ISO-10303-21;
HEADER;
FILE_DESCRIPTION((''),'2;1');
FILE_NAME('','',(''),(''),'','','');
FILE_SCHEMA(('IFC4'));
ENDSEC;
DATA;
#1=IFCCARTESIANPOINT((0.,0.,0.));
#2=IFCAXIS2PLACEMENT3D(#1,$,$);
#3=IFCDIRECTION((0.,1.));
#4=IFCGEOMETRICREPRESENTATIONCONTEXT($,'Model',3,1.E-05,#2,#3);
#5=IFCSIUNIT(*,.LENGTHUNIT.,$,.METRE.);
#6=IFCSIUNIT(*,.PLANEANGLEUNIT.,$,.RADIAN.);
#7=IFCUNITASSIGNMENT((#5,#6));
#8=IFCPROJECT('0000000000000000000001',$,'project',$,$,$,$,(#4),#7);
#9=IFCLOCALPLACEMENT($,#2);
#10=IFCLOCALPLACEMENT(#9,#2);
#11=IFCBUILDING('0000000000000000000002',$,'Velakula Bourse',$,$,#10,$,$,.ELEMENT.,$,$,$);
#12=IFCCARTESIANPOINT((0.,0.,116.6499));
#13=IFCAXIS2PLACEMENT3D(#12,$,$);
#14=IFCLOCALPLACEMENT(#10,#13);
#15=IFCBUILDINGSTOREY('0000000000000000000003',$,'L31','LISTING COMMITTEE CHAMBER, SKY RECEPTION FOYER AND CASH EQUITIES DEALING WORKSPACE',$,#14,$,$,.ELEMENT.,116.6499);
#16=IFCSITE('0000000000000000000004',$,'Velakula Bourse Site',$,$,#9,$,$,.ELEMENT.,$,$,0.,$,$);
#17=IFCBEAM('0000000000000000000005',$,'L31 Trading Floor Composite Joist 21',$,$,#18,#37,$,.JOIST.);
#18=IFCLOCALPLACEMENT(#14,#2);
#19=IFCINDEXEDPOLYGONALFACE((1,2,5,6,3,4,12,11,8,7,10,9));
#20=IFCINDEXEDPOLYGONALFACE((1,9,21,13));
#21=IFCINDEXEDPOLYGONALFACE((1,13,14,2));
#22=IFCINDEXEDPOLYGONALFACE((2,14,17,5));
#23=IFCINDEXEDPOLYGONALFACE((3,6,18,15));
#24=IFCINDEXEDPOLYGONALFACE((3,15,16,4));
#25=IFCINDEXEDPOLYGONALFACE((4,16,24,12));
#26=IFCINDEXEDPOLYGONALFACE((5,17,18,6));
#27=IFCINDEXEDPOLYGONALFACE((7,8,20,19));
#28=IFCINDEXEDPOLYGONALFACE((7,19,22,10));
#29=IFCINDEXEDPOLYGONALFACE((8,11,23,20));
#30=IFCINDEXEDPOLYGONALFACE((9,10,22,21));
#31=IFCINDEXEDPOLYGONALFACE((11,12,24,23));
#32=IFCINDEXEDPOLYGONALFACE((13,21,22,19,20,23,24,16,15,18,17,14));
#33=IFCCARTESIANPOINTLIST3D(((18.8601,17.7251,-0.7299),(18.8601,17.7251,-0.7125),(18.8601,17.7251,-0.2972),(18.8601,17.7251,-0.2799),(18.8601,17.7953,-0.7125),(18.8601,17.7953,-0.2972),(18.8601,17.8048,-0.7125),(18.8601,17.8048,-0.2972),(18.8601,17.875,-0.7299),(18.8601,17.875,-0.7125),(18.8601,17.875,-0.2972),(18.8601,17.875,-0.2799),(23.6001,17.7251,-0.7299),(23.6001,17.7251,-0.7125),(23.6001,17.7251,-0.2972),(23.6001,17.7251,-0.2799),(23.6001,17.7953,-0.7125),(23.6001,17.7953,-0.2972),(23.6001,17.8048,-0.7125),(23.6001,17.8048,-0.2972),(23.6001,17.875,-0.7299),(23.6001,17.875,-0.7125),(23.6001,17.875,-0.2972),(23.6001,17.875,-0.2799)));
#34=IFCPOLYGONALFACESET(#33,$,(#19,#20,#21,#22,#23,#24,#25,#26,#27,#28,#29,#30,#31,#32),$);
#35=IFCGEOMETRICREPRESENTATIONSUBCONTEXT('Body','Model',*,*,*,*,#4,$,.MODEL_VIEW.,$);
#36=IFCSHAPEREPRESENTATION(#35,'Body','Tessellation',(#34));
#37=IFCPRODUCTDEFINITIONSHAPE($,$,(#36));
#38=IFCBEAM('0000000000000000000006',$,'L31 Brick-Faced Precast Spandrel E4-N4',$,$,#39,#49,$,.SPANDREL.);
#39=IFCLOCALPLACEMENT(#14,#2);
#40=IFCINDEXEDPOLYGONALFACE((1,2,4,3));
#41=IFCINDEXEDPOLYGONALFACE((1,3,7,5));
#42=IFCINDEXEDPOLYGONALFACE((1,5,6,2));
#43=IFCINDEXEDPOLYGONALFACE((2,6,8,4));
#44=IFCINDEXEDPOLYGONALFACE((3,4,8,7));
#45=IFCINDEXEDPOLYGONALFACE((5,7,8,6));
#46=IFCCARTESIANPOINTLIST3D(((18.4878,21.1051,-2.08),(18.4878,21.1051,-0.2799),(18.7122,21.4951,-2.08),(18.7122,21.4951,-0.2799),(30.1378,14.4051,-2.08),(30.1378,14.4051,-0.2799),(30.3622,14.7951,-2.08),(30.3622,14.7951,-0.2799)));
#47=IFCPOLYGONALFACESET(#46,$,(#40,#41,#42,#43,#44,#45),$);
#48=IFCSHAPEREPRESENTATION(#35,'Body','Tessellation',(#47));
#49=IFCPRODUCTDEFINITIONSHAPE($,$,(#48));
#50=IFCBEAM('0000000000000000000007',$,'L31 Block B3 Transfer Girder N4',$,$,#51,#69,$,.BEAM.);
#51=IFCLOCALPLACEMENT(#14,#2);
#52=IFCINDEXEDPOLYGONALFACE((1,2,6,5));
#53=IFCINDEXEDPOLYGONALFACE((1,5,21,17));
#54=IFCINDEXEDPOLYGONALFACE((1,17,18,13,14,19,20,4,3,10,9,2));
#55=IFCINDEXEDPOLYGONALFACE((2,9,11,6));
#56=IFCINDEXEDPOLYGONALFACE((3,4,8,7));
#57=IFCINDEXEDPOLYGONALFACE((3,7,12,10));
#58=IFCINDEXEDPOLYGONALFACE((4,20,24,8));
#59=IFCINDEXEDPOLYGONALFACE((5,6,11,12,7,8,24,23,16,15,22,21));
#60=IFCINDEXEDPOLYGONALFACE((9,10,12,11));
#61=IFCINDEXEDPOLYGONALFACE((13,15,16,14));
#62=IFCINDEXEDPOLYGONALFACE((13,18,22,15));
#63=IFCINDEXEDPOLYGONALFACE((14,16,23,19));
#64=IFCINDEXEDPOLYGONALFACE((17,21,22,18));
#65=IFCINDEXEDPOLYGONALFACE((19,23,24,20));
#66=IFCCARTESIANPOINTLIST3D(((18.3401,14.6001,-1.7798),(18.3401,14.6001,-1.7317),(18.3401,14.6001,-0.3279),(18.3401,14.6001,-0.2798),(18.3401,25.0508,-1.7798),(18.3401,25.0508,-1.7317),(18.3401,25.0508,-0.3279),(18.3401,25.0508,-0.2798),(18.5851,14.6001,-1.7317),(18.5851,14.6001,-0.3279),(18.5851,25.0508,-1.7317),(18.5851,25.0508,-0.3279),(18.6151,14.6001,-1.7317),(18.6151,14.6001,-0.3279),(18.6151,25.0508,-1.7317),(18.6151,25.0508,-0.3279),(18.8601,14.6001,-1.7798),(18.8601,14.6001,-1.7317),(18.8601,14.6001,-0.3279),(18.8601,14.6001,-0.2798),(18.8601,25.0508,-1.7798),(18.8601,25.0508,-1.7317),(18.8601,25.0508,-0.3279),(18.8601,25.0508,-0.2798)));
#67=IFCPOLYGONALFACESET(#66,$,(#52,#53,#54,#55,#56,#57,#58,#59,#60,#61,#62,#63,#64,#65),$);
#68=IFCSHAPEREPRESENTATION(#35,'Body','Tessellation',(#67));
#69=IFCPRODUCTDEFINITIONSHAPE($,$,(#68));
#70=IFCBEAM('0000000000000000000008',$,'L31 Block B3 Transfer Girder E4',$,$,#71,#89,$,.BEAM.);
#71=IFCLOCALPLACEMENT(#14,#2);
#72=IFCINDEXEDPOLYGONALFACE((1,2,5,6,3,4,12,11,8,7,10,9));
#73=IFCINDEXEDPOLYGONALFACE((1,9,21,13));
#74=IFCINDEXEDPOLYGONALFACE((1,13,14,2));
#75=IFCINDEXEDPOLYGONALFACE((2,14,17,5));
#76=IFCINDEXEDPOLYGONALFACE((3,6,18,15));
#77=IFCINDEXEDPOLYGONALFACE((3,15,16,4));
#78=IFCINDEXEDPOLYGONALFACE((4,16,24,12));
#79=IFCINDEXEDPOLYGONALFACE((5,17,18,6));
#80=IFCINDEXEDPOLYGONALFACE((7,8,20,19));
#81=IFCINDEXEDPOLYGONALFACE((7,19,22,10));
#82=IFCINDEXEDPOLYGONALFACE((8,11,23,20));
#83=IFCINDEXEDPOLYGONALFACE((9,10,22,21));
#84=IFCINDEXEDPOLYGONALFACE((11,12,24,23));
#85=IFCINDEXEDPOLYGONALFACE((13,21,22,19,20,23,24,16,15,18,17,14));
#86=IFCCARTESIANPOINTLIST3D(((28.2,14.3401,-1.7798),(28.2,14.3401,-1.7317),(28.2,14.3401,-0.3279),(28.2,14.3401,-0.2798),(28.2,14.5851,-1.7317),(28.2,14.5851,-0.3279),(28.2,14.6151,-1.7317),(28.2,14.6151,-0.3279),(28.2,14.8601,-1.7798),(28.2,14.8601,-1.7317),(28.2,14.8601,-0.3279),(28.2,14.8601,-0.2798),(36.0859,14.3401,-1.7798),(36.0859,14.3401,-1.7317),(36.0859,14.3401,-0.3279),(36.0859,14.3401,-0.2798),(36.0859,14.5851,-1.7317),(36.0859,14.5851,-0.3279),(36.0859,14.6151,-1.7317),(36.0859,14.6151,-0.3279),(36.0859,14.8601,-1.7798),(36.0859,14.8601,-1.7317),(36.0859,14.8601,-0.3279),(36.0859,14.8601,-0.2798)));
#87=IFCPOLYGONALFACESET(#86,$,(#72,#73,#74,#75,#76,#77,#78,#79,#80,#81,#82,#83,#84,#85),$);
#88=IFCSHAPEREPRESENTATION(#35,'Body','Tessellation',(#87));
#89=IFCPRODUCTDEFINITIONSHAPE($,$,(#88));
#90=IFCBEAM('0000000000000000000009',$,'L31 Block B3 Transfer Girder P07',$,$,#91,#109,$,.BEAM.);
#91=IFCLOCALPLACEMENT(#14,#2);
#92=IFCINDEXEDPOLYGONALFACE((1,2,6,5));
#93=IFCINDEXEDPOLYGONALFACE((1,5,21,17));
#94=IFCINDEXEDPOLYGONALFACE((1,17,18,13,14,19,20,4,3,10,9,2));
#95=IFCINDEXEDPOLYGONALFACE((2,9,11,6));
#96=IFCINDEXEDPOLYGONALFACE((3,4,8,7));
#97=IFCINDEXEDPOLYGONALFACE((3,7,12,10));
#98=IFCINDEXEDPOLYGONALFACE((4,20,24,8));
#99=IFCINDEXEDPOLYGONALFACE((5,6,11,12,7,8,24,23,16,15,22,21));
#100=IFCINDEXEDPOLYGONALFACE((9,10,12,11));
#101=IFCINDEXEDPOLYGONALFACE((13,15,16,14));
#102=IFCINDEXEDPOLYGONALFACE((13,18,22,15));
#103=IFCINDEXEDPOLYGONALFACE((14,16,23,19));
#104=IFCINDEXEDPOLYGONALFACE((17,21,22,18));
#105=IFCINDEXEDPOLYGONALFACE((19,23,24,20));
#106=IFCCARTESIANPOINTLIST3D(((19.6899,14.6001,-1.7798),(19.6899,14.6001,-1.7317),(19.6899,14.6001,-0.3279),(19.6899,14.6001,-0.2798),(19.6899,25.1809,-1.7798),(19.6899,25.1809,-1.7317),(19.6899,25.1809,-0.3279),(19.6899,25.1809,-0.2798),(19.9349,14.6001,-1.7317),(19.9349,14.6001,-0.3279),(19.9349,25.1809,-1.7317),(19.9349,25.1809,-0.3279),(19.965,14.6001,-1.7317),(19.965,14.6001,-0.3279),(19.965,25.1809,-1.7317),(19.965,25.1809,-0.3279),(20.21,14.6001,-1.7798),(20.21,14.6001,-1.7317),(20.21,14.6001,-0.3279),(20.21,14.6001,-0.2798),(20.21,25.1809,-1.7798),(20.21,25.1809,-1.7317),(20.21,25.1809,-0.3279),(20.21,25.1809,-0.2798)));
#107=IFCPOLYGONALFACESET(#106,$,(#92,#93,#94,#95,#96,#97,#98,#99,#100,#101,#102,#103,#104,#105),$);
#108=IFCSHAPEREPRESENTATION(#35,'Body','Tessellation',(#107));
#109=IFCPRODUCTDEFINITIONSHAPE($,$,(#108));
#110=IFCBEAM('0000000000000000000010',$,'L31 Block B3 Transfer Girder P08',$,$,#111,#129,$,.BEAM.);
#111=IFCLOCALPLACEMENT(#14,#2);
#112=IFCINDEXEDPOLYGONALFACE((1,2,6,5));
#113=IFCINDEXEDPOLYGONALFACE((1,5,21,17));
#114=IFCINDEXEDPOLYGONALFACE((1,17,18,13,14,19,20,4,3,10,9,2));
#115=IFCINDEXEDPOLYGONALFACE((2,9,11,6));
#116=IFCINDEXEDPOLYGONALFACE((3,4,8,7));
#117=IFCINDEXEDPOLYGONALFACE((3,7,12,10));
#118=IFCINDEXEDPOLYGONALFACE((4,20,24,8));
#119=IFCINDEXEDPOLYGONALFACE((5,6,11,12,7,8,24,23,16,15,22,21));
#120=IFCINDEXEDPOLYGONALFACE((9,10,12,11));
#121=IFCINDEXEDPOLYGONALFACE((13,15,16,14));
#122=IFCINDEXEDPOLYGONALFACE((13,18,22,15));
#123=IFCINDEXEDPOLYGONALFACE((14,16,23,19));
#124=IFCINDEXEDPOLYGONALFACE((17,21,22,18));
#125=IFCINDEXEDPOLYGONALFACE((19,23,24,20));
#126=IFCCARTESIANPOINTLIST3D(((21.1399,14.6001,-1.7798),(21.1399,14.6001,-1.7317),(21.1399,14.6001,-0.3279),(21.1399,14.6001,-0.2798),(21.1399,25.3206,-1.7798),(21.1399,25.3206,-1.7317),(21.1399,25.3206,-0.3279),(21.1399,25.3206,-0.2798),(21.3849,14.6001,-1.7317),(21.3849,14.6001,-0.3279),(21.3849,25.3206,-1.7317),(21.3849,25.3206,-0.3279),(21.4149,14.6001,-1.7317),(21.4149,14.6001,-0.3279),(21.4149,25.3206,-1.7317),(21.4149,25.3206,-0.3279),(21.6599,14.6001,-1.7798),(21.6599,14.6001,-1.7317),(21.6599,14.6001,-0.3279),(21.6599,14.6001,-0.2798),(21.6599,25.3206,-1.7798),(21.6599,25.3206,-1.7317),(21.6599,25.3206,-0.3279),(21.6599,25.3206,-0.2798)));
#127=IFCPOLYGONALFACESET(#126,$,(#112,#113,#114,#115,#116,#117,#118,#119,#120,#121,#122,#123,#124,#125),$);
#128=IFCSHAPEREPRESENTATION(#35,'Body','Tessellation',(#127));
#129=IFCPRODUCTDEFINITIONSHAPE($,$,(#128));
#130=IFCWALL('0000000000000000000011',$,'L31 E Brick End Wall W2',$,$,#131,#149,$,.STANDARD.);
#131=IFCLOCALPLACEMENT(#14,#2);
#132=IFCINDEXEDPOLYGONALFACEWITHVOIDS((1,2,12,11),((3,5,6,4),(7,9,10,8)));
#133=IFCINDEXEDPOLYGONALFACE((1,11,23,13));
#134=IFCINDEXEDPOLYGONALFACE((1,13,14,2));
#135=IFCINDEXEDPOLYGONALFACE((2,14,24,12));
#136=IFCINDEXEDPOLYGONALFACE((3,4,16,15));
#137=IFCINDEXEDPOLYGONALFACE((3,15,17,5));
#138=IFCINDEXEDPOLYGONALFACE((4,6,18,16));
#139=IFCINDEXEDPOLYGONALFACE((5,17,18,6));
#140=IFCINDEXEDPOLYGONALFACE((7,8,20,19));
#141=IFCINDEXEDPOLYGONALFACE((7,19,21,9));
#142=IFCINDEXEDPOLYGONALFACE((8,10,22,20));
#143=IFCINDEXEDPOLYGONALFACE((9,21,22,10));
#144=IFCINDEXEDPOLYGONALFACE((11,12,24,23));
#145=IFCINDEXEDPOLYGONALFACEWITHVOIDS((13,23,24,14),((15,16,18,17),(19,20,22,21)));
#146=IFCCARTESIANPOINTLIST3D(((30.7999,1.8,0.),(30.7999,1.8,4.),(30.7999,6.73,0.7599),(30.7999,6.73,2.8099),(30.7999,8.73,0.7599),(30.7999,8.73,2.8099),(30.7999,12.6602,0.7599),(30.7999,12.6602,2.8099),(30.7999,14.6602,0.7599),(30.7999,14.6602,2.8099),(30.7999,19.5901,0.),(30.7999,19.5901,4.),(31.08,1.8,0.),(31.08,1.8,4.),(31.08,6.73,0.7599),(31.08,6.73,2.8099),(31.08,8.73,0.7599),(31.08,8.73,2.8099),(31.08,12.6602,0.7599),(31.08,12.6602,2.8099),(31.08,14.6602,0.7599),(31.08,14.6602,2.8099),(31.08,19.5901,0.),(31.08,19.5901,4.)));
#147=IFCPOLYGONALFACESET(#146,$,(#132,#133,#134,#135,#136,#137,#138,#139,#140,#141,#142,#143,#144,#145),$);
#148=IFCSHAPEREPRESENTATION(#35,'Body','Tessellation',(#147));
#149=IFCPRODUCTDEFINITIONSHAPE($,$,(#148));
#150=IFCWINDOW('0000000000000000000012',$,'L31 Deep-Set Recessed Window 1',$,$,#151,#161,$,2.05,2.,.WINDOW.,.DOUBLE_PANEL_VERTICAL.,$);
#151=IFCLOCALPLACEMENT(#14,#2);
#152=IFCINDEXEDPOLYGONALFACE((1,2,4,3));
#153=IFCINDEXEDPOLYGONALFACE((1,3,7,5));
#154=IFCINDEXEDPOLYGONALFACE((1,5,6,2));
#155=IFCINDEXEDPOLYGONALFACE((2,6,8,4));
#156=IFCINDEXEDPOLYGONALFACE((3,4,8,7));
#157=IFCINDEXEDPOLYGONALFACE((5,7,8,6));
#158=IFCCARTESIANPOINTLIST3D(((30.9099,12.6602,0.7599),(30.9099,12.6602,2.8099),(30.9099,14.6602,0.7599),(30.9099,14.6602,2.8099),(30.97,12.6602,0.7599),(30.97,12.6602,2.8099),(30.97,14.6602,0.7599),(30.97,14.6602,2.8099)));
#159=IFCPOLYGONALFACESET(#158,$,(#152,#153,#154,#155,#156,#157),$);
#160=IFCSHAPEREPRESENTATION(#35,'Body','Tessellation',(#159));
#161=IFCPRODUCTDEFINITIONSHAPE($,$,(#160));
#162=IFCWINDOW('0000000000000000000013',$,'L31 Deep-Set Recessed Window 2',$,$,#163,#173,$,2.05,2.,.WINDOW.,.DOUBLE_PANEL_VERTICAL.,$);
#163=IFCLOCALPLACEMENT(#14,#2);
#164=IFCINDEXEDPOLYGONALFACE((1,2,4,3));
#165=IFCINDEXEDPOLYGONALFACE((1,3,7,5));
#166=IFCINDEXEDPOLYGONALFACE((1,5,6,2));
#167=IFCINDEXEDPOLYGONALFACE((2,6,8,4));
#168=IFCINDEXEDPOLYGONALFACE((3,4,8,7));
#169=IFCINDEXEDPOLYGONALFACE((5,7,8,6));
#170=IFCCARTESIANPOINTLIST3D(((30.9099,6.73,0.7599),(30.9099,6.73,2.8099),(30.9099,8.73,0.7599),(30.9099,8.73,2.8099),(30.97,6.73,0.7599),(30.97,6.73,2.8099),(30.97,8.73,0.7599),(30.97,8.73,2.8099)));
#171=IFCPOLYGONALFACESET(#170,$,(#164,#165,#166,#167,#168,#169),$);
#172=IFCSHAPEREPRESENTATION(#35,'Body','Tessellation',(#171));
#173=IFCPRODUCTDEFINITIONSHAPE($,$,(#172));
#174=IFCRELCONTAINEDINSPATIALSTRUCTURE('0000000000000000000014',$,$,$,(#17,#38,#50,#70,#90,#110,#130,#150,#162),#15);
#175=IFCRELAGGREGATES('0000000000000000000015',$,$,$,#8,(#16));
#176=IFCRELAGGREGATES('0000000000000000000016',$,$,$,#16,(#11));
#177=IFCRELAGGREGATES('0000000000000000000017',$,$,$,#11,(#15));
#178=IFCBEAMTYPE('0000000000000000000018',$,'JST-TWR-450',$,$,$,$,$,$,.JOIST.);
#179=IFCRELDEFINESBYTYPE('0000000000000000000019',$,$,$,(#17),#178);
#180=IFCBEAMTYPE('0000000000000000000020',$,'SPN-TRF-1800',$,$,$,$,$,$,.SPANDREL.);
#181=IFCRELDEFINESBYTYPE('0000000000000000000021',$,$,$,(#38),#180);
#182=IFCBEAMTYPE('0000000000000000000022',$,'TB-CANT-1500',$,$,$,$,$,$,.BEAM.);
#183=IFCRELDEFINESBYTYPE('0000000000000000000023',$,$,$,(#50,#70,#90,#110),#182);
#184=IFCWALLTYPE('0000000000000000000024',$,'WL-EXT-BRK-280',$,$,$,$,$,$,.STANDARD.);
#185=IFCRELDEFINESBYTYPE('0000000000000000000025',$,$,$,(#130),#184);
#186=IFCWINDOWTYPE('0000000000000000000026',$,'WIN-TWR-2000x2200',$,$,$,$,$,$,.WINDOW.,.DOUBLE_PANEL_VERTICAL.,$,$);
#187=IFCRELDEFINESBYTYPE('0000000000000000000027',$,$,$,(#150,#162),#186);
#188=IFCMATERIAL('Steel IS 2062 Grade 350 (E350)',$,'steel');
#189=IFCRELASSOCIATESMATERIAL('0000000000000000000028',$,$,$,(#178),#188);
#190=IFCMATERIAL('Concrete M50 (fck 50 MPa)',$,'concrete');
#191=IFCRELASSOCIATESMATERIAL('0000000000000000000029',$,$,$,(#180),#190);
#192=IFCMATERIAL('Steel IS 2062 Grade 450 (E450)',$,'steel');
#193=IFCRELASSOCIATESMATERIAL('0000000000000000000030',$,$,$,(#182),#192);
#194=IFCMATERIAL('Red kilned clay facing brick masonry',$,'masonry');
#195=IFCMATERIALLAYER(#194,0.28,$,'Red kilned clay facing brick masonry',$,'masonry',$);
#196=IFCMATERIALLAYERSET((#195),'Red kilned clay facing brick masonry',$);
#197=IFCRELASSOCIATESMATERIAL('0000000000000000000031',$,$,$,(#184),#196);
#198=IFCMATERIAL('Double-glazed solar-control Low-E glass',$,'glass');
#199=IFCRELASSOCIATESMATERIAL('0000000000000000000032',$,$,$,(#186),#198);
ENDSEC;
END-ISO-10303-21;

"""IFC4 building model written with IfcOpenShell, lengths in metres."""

from ifc_helpers import new_model, si_unit, direction, frame, frame_2d, origin, origin_2d, place, context, subcontext, project, spatial, rectangle, i_section, extrude, material, layer, layer_set, material_profile, profile_set, type_object, element, fill, save


model = new_model("IFC4")

# Units and contexts
model_context = context("Model", 3, precision=1e-05, world=origin(), true_north=direction((0.0, 1.0)))
body_context = subcontext(model_context, "Body", "Model", "MODEL_VIEW")
ifc_project = project(units=[si_unit("LENGTHUNIT", "METRE"), si_unit("PLANEANGLEUNIT", "RADIAN")], contexts=[model_context])

# Site, building, storey
site_placement = place(None, origin())
site = spatial("IfcSite", under=ifc_project, at=site_placement, Name="Velakula Bourse Site", CompositionType="ELEMENT", RefElevation=0.0)
building_placement = place(site_placement, origin())
building = spatial("IfcBuilding", under=site, at=building_placement, Name="Velakula Bourse", CompositionType="ELEMENT")
storey_placement = place(building_placement, frame((0.0, 0.0, 116.6499)))
storey = spatial("IfcBuildingStorey", under=building, at=storey_placement, Name="L31", Description="LISTING COMMITTEE CHAMBER, SKY RECEPTION FOYER AND CASH EQUITIES DEALING WORKSPACE", CompositionType="ELEMENT", Elevation=116.6499)

# Shared definitions
ifc_material_1 = material(Name="Steel IS 2062 Grade 350 (E350)", Category="steel")

# Beams
ifc_material_profile_1 = material_profile(ifc_material_1, i_section(OverallWidth=0.1499, OverallDepth=0.45, WebThickness=0.0095, FlangeThickness=0.0173, at=origin_2d()), Name="Steel IS 2062 Grade 350 (E350)")
ifc_profile_set_1 = profile_set([ifc_material_profile_1], Name="Steel IS 2062 Grade 350 (E350)")
beam_type_1 = type_object("IfcBeamType", Name="JST-TWR-450", PredefinedType="JOIST", material=ifc_profile_set_1)
beam_1_placement = place(storey_placement, frame((18.8601, 17.8, -0.5049), z_axis=(1.0, 0.0, 0.0), x_axis=(0.0, 1.0, 0.0)))
element("IfcBeam", 1, at=beam_1_placement, inside=storey, type_object=beam_type_1, Name="L31 Trading Floor Composite Joist 21", PredefinedType="JOIST", context=body_context, shape_type="SweptSolid", body=[
    extrude(i_section(OverallWidth=0.1499, OverallDepth=0.45, WebThickness=0.0095, FlangeThickness=0.0173, at=origin_2d()), origin(), (0.0, 0.0, 1.0), 4.74),
])
ifc_material_2 = material(Name="Concrete M50 (fck 50 MPa)", Category="concrete")
ifc_material_profile_2 = material_profile(ifc_material_2, rectangle(XDim=0.45, YDim=1.8, at=origin_2d()), Name="Concrete M50 (fck 50 MPa)")
ifc_profile_set_2 = profile_set([ifc_material_profile_2], Name="Concrete M50 (fck 50 MPa)")
beam_type_2 = type_object("IfcBeamType", Name="SPN-TRF-1800", PredefinedType="SPANDREL", material=ifc_profile_set_2)
beam_2_placement = place(storey_placement, frame((30.25, 14.6001, -1.1799), z_axis=(-0.866866, 0.498541, 0.0), x_axis=(-0.498541, -0.866866, 0.0)))
element("IfcBeam", 2, at=beam_2_placement, inside=storey, type_object=beam_type_2, Name="L31 Brick-Faced Precast Spandrel E4-N4", PredefinedType="SPANDREL", context=body_context, shape_type="SweptSolid", body=[
    extrude(rectangle(XDim=0.45, YDim=1.8, at=origin_2d()), origin(), (0.0, 0.0, 1.0), 13.4392),
])
ifc_material_3 = material(Name="Steel IS 2062 Grade 450 (E450)", Category="steel")
ifc_material_profile_3 = material_profile(ifc_material_3, i_section(OverallWidth=0.52, OverallDepth=1.5, WebThickness=0.03, FlangeThickness=0.0481, at=origin_2d()), Name="Steel IS 2062 Grade 450 (E450)")
ifc_profile_set_3 = profile_set([ifc_material_profile_3], Name="Steel IS 2062 Grade 450 (E450)")
beam_type_3 = type_object("IfcBeamType", Name="TB-CANT-1500", PredefinedType="BEAM", material=ifc_profile_set_3)
beam_3_placement = place(storey_placement, frame((18.6001, 14.6001, -1.0298), z_axis=(0.0, 1.0, 0.0), x_axis=(-1.0, 0.0, 0.0)))
element("IfcBeam", 3, at=beam_3_placement, inside=storey, type_object=beam_type_3, Name="L31 Block B3 Transfer Girder N4", PredefinedType="BEAM", context=body_context, shape_type="SweptSolid", body=[
    extrude(i_section(OverallWidth=0.52, OverallDepth=1.5, WebThickness=0.03, FlangeThickness=0.0481, at=origin_2d()), origin(), (0.0, 0.0, 1.0), 10.4507),
])
beam_4_placement = place(storey_placement, frame((28.2, 14.6001, -1.0298), z_axis=(1.0, 0.0, 0.0), x_axis=(0.0, 1.0, 0.0)))
element("IfcBeam", 4, at=beam_4_placement, inside=storey, type_object=beam_type_3, Name="L31 Block B3 Transfer Girder E4", PredefinedType="BEAM", context=body_context, shape_type="SweptSolid", body=[
    extrude(i_section(OverallWidth=0.52, OverallDepth=1.5, WebThickness=0.03, FlangeThickness=0.0481, at=origin_2d()), origin(), (0.0, 0.0, 1.0), 7.886),
])
beam_5_placement = place(storey_placement, frame((19.95, 14.6001, -1.0298), z_axis=(0.0, 1.0, 0.0), x_axis=(-1.0, 0.0, 0.0)))
element("IfcBeam", 5, at=beam_5_placement, inside=storey, type_object=beam_type_3, Name="L31 Block B3 Transfer Girder P07", PredefinedType="BEAM", context=body_context, shape_type="SweptSolid", body=[
    extrude(i_section(OverallWidth=0.52, OverallDepth=1.5, WebThickness=0.03, FlangeThickness=0.0481, at=origin_2d()), origin(), (0.0, 0.0, 1.0), 10.5808),
])
beam_6_placement = place(storey_placement, frame((21.3999, 14.6001, -1.0298), z_axis=(0.0, 1.0, 0.0), x_axis=(-1.0, 0.0, 0.0)))
element("IfcBeam", 6, at=beam_6_placement, inside=storey, type_object=beam_type_3, Name="L31 Block B3 Transfer Girder P08", PredefinedType="BEAM", context=body_context, shape_type="SweptSolid", body=[
    extrude(i_section(OverallWidth=0.52, OverallDepth=1.5, WebThickness=0.03, FlangeThickness=0.0481, at=origin_2d()), origin(), (0.0, 0.0, 1.0), 10.7205),
])

# Wall, openings, windows
ifc_material_4 = material(Name="Red kilned clay facing brick masonry", Category="masonry")
ifc_layer_1 = layer(ifc_material_4, 0.28, Name="Red kilned clay facing brick masonry", Category="masonry")
ifc_layer_set_1 = layer_set([ifc_layer_1], Name="Red kilned clay facing brick masonry")
wall_type_1 = type_object("IfcWallType", Name="WL-EXT-BRK-280", PredefinedType="STANDARD", material=ifc_layer_set_1)
wall_1_placement = place(storey_placement, frame((30.9399, 19.5901, 0.0), z_axis=(0.0, 0.0, 1.0), x_axis=(0.0, -1.0, 0.0)))
wall_1 = element("IfcWall", 7, at=wall_1_placement, inside=storey, type_object=wall_type_1, Name="L31 E Brick End Wall W2", PredefinedType="STANDARD", context=body_context, shape_type="SweptSolid", body=[
    extrude(rectangle(XDim=17.79, YDim=0.28, at=frame_2d((8.895, 0.0))), origin(), (0.0, 0.0, 1.0), 4.0),
])
opening_1_placement = place(wall_1_placement, frame((4.9299, 0.0, 0.76)))
opening_1 = element("IfcOpeningElement", 8, at=opening_1_placement, cuts=wall_1, PredefinedType="OPENING", context=body_context, shape_type="SweptSolid", body=[
    extrude(rectangle(XDim=2.0, YDim=2.05, at=frame_2d((1.0, 1.0249))), frame((0.0, 0.1499, 0.0), z_axis=(0.0, -1.0, 0.0), x_axis=(1.0, 0.0, 0.0)), (0.0, 0.0, 1.0), 0.3),
])
opening_2_placement = place(wall_1_placement, frame((10.8601, 0.0, 0.76)))
opening_2 = element("IfcOpeningElement", 9, at=opening_2_placement, cuts=wall_1, PredefinedType="OPENING", context=body_context, shape_type="SweptSolid", body=[
    extrude(rectangle(XDim=2.0, YDim=2.05, at=frame_2d((1.0, 1.0249))), frame((0.0, 0.1499, 0.0), z_axis=(0.0, -1.0, 0.0), x_axis=(1.0, 0.0, 0.0)), (0.0, 0.0, 1.0), 0.3),
])
ifc_material_5 = material(Name="Double-glazed solar-control Low-E glass", Category="glass")
window_type = type_object("IfcWindowType", Name="WIN-TWR-2000x2200", PartitioningType="DOUBLE_PANEL_VERTICAL", PredefinedType="WINDOW", material=ifc_material_5)
window_1_placement = place(opening_1_placement, origin())
window_1 = element("IfcWindow", 10, at=window_1_placement, inside=storey, type_object=window_type, Name="L31 Deep-Set Recessed Window 1", OverallHeight=2.05, OverallWidth=2.0, PartitioningType="DOUBLE_PANEL_VERTICAL", PredefinedType="WINDOW", context=body_context, shape_type="SweptSolid", body=[
    extrude(rectangle(XDim=2.0, YDim=2.05, at=frame_2d((1.0, 1.0249))), frame((0.0, 0.03, 0.0), z_axis=(0.0, -1.0, 0.0), x_axis=(1.0, 0.0, 0.0)), (0.0, 0.0, 1.0), 0.0601),
])
fill(opening_1, window_1)
window_2_placement = place(opening_2_placement, origin())
window_2 = element("IfcWindow", 11, at=window_2_placement, inside=storey, type_object=window_type, Name="L31 Deep-Set Recessed Window 2", OverallHeight=2.05, OverallWidth=2.0, PartitioningType="DOUBLE_PANEL_VERTICAL", PredefinedType="WINDOW", context=body_context, shape_type="SweptSolid", body=[
    extrude(rectangle(XDim=2.0, YDim=2.05, at=frame_2d((1.0, 1.0249))), frame((0.0, 0.03, 0.0), z_axis=(0.0, -1.0, 0.0), x_axis=(1.0, 0.0, 0.0)), (0.0, 0.0, 1.0), 0.0601),
])
fill(opening_2, window_2)

save(model, "model.ifc")
